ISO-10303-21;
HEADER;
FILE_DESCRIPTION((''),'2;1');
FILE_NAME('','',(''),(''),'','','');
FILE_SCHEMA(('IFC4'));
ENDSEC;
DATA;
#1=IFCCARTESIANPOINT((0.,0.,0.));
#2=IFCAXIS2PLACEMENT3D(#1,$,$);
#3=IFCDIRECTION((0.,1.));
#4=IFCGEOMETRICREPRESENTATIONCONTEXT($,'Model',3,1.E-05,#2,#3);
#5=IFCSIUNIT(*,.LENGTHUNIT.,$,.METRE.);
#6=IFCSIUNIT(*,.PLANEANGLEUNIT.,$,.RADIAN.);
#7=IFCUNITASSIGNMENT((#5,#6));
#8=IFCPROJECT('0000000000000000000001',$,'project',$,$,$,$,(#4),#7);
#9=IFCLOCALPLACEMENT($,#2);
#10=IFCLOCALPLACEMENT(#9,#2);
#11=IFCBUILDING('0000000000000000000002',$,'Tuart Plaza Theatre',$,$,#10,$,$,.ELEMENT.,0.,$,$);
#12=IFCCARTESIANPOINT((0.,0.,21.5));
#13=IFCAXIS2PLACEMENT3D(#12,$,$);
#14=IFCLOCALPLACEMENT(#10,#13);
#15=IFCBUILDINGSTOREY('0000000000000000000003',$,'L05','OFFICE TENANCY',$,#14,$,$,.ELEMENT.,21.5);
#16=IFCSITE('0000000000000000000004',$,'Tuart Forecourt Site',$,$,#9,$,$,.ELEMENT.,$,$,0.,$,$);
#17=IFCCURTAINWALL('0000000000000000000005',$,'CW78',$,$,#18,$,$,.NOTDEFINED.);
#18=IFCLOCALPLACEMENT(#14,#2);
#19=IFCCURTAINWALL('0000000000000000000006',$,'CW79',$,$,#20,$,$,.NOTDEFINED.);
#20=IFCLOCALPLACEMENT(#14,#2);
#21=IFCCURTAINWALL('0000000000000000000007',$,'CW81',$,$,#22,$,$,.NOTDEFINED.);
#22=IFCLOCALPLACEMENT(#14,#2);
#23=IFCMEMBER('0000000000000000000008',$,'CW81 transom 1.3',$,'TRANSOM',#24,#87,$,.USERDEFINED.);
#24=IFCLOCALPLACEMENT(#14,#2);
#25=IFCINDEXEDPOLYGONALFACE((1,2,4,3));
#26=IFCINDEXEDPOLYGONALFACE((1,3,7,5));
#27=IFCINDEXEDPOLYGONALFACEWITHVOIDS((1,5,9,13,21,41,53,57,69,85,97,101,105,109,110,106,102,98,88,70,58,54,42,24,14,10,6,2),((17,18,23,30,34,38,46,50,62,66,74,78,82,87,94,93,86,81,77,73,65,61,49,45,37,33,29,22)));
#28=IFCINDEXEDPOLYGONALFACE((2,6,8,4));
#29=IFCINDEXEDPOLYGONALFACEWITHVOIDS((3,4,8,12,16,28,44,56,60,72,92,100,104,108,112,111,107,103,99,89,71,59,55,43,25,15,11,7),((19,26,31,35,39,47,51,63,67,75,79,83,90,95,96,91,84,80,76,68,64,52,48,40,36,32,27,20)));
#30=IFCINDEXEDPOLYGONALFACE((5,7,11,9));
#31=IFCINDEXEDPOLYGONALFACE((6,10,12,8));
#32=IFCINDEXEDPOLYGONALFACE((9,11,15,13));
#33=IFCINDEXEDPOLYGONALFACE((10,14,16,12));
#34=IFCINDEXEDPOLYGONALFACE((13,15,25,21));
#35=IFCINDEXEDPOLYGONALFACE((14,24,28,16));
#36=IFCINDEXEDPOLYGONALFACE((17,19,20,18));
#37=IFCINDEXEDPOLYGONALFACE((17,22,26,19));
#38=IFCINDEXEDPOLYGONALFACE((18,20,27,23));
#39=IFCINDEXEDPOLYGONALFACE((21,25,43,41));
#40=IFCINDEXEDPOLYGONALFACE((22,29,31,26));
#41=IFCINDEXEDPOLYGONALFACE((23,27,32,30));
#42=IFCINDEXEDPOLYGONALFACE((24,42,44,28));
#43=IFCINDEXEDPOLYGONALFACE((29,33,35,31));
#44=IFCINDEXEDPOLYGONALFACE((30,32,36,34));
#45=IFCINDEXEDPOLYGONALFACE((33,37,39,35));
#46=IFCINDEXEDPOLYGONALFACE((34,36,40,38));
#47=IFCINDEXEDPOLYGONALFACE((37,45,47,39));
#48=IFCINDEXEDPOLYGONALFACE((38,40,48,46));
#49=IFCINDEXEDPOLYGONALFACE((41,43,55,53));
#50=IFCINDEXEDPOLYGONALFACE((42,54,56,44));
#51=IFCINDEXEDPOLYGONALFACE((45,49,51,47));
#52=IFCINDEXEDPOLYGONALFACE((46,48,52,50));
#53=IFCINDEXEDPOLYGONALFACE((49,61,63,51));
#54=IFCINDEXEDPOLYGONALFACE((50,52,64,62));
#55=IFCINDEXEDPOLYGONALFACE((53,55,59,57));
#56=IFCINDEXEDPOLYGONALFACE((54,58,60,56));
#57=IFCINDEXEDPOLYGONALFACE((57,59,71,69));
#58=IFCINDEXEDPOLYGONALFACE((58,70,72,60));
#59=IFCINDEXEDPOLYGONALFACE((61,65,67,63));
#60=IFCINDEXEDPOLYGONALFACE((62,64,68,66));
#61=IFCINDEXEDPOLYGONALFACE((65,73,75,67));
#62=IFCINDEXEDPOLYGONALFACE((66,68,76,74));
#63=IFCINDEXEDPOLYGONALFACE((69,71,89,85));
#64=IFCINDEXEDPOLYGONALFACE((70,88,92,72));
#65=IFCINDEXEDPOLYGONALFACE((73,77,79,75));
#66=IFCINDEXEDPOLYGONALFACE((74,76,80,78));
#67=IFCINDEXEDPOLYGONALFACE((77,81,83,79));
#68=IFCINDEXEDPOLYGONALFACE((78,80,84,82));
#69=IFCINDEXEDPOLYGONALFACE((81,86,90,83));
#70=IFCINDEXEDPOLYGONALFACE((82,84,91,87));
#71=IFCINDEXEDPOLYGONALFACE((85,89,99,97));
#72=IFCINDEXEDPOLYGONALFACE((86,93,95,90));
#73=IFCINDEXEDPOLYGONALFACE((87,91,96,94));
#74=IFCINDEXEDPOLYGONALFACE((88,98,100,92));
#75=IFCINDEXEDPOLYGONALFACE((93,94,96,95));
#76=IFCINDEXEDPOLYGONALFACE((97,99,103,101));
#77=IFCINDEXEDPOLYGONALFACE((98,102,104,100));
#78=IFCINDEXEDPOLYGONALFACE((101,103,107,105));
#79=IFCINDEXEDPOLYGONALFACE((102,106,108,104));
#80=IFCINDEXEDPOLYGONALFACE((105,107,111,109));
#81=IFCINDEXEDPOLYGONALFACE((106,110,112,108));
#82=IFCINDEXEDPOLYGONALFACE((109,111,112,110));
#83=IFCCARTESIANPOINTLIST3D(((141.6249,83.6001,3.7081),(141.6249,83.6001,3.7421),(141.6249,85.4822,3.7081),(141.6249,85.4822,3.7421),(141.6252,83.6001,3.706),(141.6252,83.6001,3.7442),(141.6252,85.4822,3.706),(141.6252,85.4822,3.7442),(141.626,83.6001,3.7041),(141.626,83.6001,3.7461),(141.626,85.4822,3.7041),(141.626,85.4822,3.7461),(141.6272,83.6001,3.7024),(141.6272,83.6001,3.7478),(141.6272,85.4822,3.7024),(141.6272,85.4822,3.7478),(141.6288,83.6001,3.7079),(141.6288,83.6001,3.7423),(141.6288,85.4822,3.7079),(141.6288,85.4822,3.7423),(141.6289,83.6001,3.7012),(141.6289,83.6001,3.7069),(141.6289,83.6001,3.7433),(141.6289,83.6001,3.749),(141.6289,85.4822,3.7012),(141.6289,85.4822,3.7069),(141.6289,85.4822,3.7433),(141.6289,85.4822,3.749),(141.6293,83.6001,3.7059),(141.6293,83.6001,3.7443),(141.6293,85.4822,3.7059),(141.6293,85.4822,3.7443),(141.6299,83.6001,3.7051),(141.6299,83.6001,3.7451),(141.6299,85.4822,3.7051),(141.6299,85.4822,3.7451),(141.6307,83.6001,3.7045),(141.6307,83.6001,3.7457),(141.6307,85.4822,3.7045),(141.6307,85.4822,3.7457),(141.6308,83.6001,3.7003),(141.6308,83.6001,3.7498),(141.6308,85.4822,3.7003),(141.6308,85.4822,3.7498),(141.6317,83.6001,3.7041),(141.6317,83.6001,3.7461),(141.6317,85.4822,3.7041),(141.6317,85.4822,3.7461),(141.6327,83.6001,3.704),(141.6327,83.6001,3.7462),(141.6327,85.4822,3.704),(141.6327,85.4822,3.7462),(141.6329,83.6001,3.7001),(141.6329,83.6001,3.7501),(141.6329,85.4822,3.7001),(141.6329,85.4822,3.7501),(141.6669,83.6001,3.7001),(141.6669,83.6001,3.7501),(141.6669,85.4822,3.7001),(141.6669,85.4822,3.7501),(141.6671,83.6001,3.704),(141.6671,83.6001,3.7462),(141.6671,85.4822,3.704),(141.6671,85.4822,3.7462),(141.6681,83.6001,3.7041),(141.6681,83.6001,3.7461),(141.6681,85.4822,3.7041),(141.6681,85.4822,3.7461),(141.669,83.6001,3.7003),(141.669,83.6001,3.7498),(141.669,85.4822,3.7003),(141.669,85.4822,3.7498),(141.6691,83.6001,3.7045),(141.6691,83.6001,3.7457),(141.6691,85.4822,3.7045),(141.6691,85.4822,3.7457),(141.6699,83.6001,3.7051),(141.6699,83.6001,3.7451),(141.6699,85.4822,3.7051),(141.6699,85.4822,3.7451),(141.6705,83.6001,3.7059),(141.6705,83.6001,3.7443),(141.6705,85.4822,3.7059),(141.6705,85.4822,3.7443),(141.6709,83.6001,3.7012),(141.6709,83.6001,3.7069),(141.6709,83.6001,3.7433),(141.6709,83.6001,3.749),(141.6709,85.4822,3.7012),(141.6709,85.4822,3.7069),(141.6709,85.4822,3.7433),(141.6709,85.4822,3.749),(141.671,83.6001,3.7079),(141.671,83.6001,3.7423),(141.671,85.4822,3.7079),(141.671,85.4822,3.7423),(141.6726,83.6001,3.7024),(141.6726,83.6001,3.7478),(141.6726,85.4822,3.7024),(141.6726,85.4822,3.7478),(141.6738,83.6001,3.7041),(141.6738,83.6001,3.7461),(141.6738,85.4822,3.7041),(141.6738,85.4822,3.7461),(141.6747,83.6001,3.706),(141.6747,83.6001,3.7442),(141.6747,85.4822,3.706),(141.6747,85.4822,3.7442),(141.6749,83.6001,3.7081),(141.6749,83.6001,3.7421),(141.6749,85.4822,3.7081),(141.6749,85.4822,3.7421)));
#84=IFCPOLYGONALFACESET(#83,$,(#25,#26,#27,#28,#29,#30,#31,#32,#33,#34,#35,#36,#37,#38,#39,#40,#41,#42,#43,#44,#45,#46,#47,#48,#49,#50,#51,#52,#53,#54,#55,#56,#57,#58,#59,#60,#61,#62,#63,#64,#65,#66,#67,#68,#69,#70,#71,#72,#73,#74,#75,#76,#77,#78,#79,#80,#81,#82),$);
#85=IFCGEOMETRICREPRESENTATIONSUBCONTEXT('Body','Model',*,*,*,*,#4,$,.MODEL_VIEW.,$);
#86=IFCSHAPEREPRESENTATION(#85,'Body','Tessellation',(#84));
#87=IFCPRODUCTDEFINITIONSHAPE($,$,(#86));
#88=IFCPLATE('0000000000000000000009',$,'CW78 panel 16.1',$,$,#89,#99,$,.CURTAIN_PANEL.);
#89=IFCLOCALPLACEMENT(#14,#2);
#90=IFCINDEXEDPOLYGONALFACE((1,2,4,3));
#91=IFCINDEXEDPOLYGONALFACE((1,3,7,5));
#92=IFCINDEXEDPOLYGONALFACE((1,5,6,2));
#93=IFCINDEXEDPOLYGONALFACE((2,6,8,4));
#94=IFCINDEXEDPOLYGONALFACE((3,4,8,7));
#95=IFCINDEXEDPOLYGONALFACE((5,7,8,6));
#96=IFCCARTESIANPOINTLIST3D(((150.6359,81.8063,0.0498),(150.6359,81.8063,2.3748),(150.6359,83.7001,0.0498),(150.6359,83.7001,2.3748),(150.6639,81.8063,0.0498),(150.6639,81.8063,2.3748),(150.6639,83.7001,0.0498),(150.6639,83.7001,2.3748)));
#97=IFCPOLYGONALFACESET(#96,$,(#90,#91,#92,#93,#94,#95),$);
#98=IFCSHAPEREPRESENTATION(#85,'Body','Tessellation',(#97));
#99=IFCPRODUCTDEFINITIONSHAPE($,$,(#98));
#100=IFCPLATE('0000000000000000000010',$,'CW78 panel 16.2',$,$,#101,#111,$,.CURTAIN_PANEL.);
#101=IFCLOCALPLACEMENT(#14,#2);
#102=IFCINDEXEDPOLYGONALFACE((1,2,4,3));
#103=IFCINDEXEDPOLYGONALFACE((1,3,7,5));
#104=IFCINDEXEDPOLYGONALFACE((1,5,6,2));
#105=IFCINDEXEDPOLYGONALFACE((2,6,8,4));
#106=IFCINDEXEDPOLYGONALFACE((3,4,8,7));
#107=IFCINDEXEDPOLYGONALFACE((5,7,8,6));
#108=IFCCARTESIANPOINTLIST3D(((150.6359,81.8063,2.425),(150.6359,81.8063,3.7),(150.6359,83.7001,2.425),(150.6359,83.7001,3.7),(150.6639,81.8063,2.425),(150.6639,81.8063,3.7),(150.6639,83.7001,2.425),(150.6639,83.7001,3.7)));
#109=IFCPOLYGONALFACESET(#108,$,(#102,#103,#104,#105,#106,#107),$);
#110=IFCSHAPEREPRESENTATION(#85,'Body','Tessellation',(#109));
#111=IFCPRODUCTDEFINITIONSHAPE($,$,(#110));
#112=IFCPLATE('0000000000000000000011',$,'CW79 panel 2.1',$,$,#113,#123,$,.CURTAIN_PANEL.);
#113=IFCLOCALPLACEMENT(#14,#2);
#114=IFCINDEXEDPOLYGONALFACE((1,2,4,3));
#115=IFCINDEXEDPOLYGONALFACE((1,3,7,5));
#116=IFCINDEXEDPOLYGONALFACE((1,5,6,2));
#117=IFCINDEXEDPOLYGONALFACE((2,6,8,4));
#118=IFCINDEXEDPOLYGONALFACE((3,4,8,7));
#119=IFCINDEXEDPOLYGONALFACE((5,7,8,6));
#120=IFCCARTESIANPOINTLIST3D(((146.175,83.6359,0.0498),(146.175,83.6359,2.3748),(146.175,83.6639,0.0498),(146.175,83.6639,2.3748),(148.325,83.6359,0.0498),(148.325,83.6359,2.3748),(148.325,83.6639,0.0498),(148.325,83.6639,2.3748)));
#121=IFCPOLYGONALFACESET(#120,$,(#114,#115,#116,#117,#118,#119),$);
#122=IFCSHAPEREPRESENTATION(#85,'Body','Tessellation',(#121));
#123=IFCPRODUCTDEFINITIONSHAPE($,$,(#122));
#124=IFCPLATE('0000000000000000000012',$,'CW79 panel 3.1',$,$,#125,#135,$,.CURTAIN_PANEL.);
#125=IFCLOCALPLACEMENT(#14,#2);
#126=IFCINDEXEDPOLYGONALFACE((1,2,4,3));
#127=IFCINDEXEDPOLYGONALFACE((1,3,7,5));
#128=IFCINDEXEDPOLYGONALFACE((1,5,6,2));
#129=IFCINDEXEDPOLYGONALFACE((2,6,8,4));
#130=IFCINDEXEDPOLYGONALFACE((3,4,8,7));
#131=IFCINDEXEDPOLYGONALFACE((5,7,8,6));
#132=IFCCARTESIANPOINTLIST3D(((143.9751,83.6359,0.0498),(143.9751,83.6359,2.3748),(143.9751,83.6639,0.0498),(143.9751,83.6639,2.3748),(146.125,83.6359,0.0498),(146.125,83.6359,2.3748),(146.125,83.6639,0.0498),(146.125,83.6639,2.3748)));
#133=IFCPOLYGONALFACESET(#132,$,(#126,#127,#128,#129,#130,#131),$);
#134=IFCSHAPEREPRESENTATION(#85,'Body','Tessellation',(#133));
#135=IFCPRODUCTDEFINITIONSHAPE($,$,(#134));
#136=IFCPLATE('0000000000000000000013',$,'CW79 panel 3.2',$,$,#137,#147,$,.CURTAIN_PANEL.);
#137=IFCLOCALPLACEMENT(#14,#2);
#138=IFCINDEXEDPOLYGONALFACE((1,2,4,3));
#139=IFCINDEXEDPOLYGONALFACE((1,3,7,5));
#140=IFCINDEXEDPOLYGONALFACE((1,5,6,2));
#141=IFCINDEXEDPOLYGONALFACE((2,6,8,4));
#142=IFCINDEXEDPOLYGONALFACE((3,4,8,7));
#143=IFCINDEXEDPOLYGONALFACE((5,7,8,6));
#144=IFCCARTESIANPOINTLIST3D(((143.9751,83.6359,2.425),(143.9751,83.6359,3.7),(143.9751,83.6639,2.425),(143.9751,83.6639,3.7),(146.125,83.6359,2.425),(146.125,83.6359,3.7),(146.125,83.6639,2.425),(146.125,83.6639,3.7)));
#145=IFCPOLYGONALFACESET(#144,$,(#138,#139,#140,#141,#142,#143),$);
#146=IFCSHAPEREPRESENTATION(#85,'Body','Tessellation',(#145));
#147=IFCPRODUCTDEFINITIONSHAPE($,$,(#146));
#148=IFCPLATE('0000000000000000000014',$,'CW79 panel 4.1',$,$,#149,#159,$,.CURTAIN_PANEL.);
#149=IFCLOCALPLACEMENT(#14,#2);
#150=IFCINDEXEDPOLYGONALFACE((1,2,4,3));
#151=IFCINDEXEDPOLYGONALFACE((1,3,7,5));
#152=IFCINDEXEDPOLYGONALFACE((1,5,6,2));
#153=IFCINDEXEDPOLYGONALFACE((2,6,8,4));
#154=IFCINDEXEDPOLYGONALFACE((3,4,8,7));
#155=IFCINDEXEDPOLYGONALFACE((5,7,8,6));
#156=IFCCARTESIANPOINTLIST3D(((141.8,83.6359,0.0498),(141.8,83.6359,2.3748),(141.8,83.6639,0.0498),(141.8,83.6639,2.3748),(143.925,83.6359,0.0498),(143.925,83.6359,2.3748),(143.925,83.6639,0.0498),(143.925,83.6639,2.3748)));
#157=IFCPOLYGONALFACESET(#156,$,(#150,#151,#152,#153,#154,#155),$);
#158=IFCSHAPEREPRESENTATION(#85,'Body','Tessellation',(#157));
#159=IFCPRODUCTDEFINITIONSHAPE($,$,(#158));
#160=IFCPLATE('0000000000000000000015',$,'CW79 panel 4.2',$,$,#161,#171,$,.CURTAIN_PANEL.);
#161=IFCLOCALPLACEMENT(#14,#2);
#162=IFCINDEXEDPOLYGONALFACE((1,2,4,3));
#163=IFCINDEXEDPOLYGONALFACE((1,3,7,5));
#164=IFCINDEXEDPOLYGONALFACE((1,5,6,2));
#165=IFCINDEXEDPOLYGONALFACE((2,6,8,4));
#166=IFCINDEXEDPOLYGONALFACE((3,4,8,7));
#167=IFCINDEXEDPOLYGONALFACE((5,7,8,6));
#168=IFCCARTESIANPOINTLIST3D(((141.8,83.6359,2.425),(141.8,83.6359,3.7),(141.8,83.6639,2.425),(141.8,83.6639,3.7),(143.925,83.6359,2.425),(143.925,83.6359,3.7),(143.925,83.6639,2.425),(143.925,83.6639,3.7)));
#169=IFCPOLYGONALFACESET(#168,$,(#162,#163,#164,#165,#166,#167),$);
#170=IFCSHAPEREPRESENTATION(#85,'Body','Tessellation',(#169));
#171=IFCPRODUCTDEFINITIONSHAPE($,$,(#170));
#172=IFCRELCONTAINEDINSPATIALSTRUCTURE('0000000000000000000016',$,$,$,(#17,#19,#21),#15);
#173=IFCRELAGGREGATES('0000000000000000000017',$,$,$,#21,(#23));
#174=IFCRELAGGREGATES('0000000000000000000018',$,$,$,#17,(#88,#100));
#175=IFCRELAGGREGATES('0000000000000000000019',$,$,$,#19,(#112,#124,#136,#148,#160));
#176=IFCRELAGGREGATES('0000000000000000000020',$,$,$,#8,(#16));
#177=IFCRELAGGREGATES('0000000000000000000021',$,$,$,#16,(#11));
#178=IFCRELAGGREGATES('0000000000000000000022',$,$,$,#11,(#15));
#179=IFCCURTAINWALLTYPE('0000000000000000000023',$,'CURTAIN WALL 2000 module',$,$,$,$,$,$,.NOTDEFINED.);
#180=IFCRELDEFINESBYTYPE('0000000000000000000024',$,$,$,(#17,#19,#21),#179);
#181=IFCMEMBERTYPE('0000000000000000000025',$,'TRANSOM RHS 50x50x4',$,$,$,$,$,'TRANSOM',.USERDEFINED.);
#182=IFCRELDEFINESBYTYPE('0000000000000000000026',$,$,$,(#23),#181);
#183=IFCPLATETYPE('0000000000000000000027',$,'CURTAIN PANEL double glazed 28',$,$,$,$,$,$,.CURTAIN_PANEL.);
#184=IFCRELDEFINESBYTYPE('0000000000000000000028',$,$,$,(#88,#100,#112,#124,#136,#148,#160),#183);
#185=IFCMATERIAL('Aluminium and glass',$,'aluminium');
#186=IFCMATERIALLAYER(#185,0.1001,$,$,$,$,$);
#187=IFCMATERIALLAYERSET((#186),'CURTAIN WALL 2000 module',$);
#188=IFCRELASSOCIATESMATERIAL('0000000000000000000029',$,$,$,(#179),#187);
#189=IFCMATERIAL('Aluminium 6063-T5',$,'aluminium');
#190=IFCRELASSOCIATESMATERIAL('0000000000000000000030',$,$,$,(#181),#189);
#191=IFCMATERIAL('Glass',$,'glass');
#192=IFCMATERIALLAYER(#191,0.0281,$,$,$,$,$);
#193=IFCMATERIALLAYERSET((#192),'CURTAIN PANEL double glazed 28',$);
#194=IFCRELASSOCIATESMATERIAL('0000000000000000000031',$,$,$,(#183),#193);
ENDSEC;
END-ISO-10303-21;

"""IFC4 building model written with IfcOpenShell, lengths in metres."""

from ifc_helpers import new_model, si_unit, direction, frame, origin, origin_2d, place, context, subcontext, project, spatial, rectangle, hollow_rectangle, extrude, material, layer, layer_set, material_profile, profile_set, type_object, element, aggregate, save


model = new_model("IFC4")

# Units and contexts
model_context = context("Model", 3, precision=1e-05, world=origin(), true_north=direction((0.0, 1.0)))
body_context = subcontext(model_context, "Body", "Model", "MODEL_VIEW")
ifc_project = project(units=[si_unit("LENGTHUNIT", "METRE"), si_unit("PLANEANGLEUNIT", "RADIAN")], contexts=[model_context])

# Site, building, storey
site_placement = place(None, origin())
site = spatial("IfcSite", under=ifc_project, at=site_placement, Name="Tuart Forecourt Site", CompositionType="ELEMENT", RefElevation=0.0)
building_placement = place(site_placement, origin())
building = spatial("IfcBuilding", under=site, at=building_placement, Name="Tuart Plaza Theatre", CompositionType="ELEMENT", ElevationOfRefHeight=0.0)
storey_placement = place(building_placement, frame((0.0, 0.0, 21.5)))
storey = spatial("IfcBuildingStorey", under=building, at=storey_placement, Name="L05", Description="OFFICE TENANCY", CompositionType="ELEMENT", Elevation=21.5)

# Curtain wall
ifc_material_1 = material(Name="Aluminium and glass", Category="aluminium")
ifc_layer_1 = layer(ifc_material_1, 0.1001)
ifc_layer_set_1 = layer_set([ifc_layer_1], Name="CURTAIN WALL 2000 module")
curtain_wall_type = type_object("IfcCurtainWallType", Name="CURTAIN WALL 2000 module", PredefinedType="NOTDEFINED", material=ifc_layer_set_1)
curtain_wall_1_placement = place(storey_placement, origin())
curtain_wall_1 = element("IfcCurtainWall", 1, at=curtain_wall_1_placement, inside=storey, type_object=curtain_wall_type, Name="CW78", PredefinedType="NOTDEFINED")

# Curtain wall
curtain_wall_2_placement = place(storey_placement, origin())
curtain_wall_2 = element("IfcCurtainWall", 2, at=curtain_wall_2_placement, inside=storey, type_object=curtain_wall_type, Name="CW79", PredefinedType="NOTDEFINED")

# Curtain wall
curtain_wall_3_placement = place(storey_placement, origin())
curtain_wall_3 = element("IfcCurtainWall", 3, at=curtain_wall_3_placement, inside=storey, type_object=curtain_wall_type, Name="CW81", PredefinedType="NOTDEFINED")

# Member
ifc_material_2 = material(Name="Aluminium 6063-T5", Category="aluminium")
ifc_material_profile_1 = material_profile(ifc_material_2, hollow_rectangle(XDim=0.05, YDim=0.05, WallThickness=0.0039, InnerFilletRadius=0.0039, OuterFilletRadius=0.0081, at=origin_2d()), Name="RHS 50x50x4")
ifc_profile_set_1 = profile_set([ifc_material_profile_1], Name="Aluminium 6063-T5")
member_type_1 = type_object("IfcMemberType", Name="TRANSOM RHS 50x50x4", ElementType="TRANSOM", PredefinedType="USERDEFINED", material=ifc_profile_set_1)
member_1_placement = place(storey_placement, frame((141.6499, 83.6001, 3.7251), z_axis=(0.0, 1.0, 0.0), x_axis=(-1.0, 0.0, 0.0)))
member_1 = element("IfcMember", 4, at=member_1_placement, type_object=member_type_1, Name="CW81 transom 1.3", ObjectType="TRANSOM", PredefinedType="USERDEFINED", context=body_context, shape_type="SweptSolid", body=[
    extrude(hollow_rectangle(XDim=0.05, YDim=0.05, WallThickness=0.0039, InnerFilletRadius=0.0039, OuterFilletRadius=0.0081, at=origin_2d()), origin(), (0.0, 0.0, 1.0), 1.8821),
])
aggregate(curtain_wall_3, [member_1])

# Plates
ifc_material_3 = material(Name="Glass", Category="glass")
ifc_layer_2 = layer(ifc_material_3, 0.0281)
ifc_layer_set_2 = layer_set([ifc_layer_2], Name="CURTAIN PANEL double glazed 28")
plate_type = type_object("IfcPlateType", Name="CURTAIN PANEL double glazed 28", PredefinedType="CURTAIN_PANEL", material=ifc_layer_set_2)
plate_1_placement = place(storey_placement, frame((150.6499, 82.7532, 0.0498), z_axis=(0.0, 0.0, 1.0), x_axis=(0.0, 1.0, 0.0)))
plate_1 = element("IfcPlate", 5, at=plate_1_placement, type_object=plate_type, Name="CW78 panel 16.1", PredefinedType="CURTAIN_PANEL", context=body_context, shape_type="SweptSolid", body=[
    extrude(rectangle(XDim=1.8938, YDim=0.0281, at=origin_2d()), origin(), (0.0, 0.0, 1.0), 2.325),
])
plate_2_placement = place(storey_placement, frame((150.6499, 82.7532, 2.425), z_axis=(0.0, 0.0, 1.0), x_axis=(0.0, 1.0, 0.0)))
plate_2 = element("IfcPlate", 6, at=plate_2_placement, type_object=plate_type, Name="CW78 panel 16.2", PredefinedType="CURTAIN_PANEL", context=body_context, shape_type="SweptSolid", body=[
    extrude(rectangle(XDim=1.8938, YDim=0.0281, at=origin_2d()), origin(), (0.0, 0.0, 1.0), 1.2749),
])
aggregate(curtain_wall_1, [plate_1, plate_2])
plate_3_placement = place(storey_placement, frame((147.25, 83.6499, 0.0498), z_axis=(0.0, 0.0, 1.0), x_axis=(-1.0, 0.0, 0.0)))
plate_3 = element("IfcPlate", 7, at=plate_3_placement, type_object=plate_type, Name="CW79 panel 2.1", PredefinedType="CURTAIN_PANEL", context=body_context, shape_type="SweptSolid", body=[
    extrude(rectangle(XDim=2.1499, YDim=0.0281, at=origin_2d()), origin(), (0.0, 0.0, 1.0), 2.325),
])
plate_4_placement = place(storey_placement, frame((145.05, 83.6499, 0.0498), z_axis=(0.0, 0.0, 1.0), x_axis=(-1.0, 0.0, 0.0)))
plate_4 = element("IfcPlate", 8, at=plate_4_placement, type_object=plate_type, Name="CW79 panel 3.1", PredefinedType="CURTAIN_PANEL", context=body_context, shape_type="SweptSolid", body=[
    extrude(rectangle(XDim=2.1499, YDim=0.0281, at=origin_2d()), origin(), (0.0, 0.0, 1.0), 2.325),
])
plate_5_placement = place(storey_placement, frame((145.05, 83.6499, 2.425), z_axis=(0.0, 0.0, 1.0), x_axis=(-1.0, 0.0, 0.0)))
plate_5 = element("IfcPlate", 9, at=plate_5_placement, type_object=plate_type, Name="CW79 panel 3.2", PredefinedType="CURTAIN_PANEL", context=body_context, shape_type="SweptSolid", body=[
    extrude(rectangle(XDim=2.1499, YDim=0.0281, at=origin_2d()), origin(), (0.0, 0.0, 1.0), 1.2749),
])
plate_6_placement = place(storey_placement, frame((142.8625, 83.6499, 0.0498), z_axis=(0.0, 0.0, 1.0), x_axis=(-1.0, 0.0, 0.0)))
plate_6 = element("IfcPlate", 10, at=plate_6_placement, type_object=plate_type, Name="CW79 panel 4.1", PredefinedType="CURTAIN_PANEL", context=body_context, shape_type="SweptSolid", body=[
    extrude(rectangle(XDim=2.125, YDim=0.0281, at=origin_2d()), origin(), (0.0, 0.0, 1.0), 2.325),
])
plate_7_placement = place(storey_placement, frame((142.8625, 83.6499, 2.425), z_axis=(0.0, 0.0, 1.0), x_axis=(-1.0, 0.0, 0.0)))
plate_7 = element("IfcPlate", 11, at=plate_7_placement, type_object=plate_type, Name="CW79 panel 4.2", PredefinedType="CURTAIN_PANEL", context=body_context, shape_type="SweptSolid", body=[
    extrude(rectangle(XDim=2.125, YDim=0.0281, at=origin_2d()), origin(), (0.0, 0.0, 1.0), 1.2749),
])
aggregate(curtain_wall_2, [plate_3, plate_4, plate_5, plate_6, plate_7])

save(model, "model.ifc")
